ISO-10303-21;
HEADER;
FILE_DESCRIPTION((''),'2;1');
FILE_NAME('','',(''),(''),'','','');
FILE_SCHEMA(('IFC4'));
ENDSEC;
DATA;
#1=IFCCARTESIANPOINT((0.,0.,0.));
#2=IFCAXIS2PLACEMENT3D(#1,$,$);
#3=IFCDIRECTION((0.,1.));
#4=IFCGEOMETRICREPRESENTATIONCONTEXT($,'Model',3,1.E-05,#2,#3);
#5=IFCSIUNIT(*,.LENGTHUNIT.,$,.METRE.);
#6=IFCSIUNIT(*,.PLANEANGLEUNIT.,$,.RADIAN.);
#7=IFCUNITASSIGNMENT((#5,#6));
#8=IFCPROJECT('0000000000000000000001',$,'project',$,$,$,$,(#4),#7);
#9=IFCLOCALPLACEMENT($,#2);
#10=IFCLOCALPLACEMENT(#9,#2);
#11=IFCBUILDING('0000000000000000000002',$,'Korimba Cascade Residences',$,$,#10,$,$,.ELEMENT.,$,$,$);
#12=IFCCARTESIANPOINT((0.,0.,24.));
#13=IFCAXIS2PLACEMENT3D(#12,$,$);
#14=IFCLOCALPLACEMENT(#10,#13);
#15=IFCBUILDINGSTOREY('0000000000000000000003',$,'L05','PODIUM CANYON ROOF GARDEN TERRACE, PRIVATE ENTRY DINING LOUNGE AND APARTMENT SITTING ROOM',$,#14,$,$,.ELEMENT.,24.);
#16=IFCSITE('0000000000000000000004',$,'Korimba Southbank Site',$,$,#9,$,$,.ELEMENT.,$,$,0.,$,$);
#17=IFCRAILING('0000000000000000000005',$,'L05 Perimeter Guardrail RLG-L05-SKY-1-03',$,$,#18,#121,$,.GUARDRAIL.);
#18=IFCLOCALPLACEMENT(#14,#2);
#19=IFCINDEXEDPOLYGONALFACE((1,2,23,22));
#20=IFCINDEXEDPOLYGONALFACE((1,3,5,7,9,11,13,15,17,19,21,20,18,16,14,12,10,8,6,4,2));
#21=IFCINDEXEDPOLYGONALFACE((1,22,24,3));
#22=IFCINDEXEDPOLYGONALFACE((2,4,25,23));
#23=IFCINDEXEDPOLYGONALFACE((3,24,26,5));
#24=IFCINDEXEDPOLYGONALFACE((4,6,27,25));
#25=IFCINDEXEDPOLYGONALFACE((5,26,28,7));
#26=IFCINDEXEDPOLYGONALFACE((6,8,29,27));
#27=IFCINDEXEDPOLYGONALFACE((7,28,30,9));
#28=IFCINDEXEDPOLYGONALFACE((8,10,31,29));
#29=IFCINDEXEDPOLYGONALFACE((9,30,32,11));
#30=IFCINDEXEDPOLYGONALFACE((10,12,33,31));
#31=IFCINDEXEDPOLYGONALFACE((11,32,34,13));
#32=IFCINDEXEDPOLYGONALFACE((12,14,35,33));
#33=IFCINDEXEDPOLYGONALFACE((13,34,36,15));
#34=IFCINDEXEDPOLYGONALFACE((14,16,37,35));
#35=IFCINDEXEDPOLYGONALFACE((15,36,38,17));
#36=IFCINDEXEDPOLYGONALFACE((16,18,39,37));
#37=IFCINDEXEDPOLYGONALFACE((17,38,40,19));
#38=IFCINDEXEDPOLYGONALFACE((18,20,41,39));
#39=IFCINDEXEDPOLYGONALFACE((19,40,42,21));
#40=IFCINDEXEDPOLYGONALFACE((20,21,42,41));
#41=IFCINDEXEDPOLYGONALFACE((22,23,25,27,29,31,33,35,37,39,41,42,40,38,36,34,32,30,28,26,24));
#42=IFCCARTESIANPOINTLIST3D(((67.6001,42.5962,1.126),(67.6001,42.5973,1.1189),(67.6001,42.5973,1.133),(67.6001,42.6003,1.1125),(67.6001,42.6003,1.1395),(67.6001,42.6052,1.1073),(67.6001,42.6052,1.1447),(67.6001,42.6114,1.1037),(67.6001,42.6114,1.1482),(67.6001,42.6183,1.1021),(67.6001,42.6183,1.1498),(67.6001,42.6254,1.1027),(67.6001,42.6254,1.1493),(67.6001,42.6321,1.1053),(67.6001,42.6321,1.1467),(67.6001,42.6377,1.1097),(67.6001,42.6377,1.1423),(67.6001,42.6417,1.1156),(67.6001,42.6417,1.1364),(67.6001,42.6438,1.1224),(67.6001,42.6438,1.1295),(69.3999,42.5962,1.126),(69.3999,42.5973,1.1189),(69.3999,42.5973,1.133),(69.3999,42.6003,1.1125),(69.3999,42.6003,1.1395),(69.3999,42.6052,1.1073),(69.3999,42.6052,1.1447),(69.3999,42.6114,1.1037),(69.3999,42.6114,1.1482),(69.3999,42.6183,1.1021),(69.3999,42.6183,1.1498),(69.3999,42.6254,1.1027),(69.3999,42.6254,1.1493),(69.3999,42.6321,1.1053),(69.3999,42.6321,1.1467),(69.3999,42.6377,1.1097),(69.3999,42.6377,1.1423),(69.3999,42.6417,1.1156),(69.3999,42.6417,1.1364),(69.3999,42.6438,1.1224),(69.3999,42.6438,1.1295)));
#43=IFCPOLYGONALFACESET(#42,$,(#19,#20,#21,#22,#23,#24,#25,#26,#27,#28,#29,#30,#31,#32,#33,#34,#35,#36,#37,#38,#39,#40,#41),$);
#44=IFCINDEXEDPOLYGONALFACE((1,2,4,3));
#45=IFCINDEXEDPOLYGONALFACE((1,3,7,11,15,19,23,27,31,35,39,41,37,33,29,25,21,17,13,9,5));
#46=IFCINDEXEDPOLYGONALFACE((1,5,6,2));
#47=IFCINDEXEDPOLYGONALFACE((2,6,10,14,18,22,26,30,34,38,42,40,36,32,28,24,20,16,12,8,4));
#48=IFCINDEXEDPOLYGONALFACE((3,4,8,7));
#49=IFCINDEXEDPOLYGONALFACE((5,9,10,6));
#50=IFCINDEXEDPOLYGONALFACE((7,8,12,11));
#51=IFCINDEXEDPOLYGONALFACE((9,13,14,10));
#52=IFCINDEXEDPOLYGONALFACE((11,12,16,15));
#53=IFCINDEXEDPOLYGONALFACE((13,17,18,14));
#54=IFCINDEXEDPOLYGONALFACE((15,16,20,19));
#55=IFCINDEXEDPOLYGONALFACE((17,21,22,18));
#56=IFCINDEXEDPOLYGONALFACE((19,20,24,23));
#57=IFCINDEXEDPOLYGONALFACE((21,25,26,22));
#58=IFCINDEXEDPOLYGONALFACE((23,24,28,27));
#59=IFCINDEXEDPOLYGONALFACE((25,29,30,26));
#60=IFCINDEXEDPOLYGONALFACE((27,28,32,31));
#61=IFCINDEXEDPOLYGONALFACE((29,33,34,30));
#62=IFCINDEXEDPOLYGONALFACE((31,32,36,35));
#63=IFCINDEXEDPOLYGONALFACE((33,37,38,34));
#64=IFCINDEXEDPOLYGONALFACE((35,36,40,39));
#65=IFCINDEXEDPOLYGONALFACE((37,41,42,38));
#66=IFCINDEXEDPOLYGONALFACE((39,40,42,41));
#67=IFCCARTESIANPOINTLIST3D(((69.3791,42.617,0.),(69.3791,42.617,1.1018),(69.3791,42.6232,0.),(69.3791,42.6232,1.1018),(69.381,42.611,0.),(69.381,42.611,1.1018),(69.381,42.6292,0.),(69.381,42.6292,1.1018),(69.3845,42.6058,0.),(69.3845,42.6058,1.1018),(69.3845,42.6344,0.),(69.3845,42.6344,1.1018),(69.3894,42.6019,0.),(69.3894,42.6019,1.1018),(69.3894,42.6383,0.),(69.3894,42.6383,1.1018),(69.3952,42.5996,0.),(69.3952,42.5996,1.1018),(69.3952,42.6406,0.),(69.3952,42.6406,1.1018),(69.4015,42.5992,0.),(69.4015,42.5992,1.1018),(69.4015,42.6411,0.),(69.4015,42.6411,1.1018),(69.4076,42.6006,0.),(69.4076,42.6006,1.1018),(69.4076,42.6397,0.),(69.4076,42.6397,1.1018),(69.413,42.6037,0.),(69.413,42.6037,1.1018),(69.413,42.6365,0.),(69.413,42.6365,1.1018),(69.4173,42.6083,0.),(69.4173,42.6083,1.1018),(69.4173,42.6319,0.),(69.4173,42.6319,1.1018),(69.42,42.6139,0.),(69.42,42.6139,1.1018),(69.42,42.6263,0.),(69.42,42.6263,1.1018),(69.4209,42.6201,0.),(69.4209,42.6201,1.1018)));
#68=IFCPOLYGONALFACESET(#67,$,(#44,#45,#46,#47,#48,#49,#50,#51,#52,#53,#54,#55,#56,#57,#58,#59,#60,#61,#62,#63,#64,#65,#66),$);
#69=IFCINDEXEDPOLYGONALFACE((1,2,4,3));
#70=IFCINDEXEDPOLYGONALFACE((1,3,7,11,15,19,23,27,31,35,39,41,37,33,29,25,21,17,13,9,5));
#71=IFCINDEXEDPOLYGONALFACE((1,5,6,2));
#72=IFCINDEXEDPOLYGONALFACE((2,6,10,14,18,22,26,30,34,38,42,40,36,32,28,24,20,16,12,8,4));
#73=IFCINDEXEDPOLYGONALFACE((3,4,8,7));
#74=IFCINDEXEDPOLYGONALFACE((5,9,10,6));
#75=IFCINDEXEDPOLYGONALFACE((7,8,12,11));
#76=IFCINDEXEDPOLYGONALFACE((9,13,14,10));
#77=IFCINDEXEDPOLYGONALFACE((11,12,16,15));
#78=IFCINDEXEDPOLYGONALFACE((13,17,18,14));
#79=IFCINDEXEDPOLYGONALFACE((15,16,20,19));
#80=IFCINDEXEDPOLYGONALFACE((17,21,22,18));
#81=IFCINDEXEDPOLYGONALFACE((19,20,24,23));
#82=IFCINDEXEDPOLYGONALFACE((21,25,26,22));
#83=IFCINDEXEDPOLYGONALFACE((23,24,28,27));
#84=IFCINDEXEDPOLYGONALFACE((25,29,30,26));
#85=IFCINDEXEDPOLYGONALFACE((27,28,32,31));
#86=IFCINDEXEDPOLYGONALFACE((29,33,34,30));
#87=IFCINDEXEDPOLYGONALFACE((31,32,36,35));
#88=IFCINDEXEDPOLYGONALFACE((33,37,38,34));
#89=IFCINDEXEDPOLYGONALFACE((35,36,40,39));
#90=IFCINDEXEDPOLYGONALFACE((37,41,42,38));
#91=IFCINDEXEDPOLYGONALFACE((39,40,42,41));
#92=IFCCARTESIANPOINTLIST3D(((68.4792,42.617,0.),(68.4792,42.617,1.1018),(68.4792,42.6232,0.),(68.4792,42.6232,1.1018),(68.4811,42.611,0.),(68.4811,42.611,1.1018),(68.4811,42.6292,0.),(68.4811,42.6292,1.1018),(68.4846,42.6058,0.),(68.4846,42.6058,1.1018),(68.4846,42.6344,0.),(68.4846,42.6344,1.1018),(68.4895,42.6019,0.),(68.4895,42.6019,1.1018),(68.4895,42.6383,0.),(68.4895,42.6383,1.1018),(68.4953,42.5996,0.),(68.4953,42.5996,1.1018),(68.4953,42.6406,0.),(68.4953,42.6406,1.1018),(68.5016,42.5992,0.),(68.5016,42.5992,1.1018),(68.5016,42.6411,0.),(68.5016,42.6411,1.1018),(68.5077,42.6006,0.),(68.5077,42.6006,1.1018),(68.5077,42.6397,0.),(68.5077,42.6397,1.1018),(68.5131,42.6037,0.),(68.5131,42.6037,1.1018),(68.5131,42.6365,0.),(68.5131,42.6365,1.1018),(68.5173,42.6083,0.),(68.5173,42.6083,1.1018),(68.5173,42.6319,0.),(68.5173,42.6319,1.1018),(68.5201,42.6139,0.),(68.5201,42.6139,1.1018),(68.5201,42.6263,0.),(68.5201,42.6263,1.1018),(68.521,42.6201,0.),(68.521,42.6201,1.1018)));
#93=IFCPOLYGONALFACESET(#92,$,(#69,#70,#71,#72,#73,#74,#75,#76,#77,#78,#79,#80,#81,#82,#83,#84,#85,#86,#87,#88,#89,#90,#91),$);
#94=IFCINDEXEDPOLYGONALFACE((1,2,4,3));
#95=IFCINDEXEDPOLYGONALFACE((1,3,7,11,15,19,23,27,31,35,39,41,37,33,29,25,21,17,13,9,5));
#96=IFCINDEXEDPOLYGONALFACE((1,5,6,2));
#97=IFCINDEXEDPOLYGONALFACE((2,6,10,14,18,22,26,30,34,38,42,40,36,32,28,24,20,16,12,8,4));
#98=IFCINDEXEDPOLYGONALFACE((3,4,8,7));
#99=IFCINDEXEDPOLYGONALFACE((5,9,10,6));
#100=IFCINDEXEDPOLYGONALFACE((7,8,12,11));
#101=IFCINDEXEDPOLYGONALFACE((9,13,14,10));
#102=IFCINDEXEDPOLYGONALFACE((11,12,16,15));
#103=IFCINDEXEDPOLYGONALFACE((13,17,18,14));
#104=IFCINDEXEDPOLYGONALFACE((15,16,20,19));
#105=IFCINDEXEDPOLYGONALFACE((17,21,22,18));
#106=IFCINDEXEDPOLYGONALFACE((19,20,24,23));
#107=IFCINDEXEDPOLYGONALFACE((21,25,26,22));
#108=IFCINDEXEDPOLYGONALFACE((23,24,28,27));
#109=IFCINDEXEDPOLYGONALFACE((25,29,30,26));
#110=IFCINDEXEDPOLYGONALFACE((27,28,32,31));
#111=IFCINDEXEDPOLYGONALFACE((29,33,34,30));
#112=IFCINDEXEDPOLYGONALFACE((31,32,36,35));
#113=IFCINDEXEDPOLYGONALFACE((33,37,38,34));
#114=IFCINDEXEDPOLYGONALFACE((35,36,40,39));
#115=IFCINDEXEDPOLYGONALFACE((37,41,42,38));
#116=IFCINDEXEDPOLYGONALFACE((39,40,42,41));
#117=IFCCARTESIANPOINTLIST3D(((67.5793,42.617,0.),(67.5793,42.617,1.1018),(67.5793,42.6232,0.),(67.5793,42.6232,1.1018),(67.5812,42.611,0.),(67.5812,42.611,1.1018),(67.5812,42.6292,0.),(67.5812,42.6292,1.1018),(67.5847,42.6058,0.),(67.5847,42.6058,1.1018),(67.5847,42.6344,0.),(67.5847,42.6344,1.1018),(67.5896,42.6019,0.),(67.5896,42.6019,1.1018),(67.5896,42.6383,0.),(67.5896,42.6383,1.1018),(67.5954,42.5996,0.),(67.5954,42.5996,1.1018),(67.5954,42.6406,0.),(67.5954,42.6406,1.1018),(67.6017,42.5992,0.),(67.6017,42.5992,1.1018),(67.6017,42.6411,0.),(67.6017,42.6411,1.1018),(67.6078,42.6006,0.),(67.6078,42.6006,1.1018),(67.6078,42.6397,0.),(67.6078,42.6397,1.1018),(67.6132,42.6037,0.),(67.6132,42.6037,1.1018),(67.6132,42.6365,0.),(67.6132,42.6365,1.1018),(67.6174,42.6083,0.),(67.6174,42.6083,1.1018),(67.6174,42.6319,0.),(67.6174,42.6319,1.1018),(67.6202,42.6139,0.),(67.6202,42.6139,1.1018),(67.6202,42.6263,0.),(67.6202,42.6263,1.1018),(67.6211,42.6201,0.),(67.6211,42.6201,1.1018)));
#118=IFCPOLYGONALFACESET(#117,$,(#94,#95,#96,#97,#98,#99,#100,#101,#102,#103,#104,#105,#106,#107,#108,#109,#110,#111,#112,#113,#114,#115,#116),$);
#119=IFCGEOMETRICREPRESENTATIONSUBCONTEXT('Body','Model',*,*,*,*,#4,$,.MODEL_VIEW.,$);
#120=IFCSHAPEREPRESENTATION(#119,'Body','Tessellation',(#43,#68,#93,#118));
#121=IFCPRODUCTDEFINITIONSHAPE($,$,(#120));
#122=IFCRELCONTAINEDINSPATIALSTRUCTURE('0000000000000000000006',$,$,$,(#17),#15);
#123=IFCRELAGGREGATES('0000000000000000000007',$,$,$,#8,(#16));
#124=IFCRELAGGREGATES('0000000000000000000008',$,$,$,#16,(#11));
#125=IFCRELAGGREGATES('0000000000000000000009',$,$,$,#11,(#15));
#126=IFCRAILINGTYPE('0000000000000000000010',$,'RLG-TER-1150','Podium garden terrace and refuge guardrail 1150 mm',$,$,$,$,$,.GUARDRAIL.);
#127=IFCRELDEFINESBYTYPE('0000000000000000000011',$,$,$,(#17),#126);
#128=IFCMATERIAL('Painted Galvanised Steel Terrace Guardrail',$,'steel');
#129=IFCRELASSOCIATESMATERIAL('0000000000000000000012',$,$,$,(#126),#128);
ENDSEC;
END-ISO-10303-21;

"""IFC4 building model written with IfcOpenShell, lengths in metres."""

from ifc_helpers import new_model, si_unit, direction, frame, origin, origin_2d, place, context, subcontext, project, spatial, circle, extrude, material, type_object, element, save


model = new_model("IFC4")

# Units and contexts
model_context = context("Model", 3, precision=1e-05, world=origin(), true_north=direction((0.0, 1.0)))
body_context = subcontext(model_context, "Body", "Model", "MODEL_VIEW")
ifc_project = project(units=[si_unit("LENGTHUNIT", "METRE"), si_unit("PLANEANGLEUNIT", "RADIAN")], contexts=[model_context])

# Site, building, storey
site_placement = place(None, origin())
site = spatial("IfcSite", under=ifc_project, at=site_placement, Name="Korimba Southbank Site", CompositionType="ELEMENT", RefElevation=0.0)
building_placement = place(site_placement, origin())
building = spatial("IfcBuilding", under=site, at=building_placement, Name="Korimba Cascade Residences", CompositionType="ELEMENT")
storey_placement = place(building_placement, frame((0.0, 0.0, 24.0)))
storey = spatial("IfcBuildingStorey", under=building, at=storey_placement, Name="L05", Description="PODIUM CANYON ROOF GARDEN TERRACE, PRIVATE ENTRY DINING LOUNGE AND APARTMENT SITTING ROOM", CompositionType="ELEMENT", Elevation=24.0)

# Railing
ifc_material_1 = material(Name="Painted Galvanised Steel Terrace Guardrail", Category="steel")
railing_type = type_object("IfcRailingType", Name="RLG-TER-1150", Description="Podium garden terrace and refuge guardrail 1150 mm", PredefinedType="GUARDRAIL", material=ifc_material_1)
railing_1_placement = place(storey_placement, frame((69.3999, 42.6201, 0.0)))
element("IfcRailing", 1, at=railing_1_placement, inside=storey, type_object=railing_type, Name="L05 Perimeter Guardrail RLG-L05-SKY-1-03", PredefinedType="GUARDRAIL", context=body_context, shape_type="SweptSolid", body=[
    extrude(circle(Radius=0.0239, at=origin_2d()), frame((0.0, 0.0, 1.126), z_axis=(-1.0, 0.0, 0.0), x_axis=(0.0, -1.0, 0.0)), (0.0, 0.0, 1.0), 1.7998),
    extrude(circle(Radius=0.021, at=origin_2d()), origin(), (0.0, 0.0, 1.0), 1.1018),
    extrude(circle(Radius=0.021, at=origin_2d()), frame((-0.8999, 0.0, 0.0)), (0.0, 0.0, 1.0), 1.1018),
    extrude(circle(Radius=0.021, at=origin_2d()), frame((-1.7998, 0.0, 0.0)), (0.0, 0.0, 1.0), 1.1018),
])

save(model, "model.ifc")
